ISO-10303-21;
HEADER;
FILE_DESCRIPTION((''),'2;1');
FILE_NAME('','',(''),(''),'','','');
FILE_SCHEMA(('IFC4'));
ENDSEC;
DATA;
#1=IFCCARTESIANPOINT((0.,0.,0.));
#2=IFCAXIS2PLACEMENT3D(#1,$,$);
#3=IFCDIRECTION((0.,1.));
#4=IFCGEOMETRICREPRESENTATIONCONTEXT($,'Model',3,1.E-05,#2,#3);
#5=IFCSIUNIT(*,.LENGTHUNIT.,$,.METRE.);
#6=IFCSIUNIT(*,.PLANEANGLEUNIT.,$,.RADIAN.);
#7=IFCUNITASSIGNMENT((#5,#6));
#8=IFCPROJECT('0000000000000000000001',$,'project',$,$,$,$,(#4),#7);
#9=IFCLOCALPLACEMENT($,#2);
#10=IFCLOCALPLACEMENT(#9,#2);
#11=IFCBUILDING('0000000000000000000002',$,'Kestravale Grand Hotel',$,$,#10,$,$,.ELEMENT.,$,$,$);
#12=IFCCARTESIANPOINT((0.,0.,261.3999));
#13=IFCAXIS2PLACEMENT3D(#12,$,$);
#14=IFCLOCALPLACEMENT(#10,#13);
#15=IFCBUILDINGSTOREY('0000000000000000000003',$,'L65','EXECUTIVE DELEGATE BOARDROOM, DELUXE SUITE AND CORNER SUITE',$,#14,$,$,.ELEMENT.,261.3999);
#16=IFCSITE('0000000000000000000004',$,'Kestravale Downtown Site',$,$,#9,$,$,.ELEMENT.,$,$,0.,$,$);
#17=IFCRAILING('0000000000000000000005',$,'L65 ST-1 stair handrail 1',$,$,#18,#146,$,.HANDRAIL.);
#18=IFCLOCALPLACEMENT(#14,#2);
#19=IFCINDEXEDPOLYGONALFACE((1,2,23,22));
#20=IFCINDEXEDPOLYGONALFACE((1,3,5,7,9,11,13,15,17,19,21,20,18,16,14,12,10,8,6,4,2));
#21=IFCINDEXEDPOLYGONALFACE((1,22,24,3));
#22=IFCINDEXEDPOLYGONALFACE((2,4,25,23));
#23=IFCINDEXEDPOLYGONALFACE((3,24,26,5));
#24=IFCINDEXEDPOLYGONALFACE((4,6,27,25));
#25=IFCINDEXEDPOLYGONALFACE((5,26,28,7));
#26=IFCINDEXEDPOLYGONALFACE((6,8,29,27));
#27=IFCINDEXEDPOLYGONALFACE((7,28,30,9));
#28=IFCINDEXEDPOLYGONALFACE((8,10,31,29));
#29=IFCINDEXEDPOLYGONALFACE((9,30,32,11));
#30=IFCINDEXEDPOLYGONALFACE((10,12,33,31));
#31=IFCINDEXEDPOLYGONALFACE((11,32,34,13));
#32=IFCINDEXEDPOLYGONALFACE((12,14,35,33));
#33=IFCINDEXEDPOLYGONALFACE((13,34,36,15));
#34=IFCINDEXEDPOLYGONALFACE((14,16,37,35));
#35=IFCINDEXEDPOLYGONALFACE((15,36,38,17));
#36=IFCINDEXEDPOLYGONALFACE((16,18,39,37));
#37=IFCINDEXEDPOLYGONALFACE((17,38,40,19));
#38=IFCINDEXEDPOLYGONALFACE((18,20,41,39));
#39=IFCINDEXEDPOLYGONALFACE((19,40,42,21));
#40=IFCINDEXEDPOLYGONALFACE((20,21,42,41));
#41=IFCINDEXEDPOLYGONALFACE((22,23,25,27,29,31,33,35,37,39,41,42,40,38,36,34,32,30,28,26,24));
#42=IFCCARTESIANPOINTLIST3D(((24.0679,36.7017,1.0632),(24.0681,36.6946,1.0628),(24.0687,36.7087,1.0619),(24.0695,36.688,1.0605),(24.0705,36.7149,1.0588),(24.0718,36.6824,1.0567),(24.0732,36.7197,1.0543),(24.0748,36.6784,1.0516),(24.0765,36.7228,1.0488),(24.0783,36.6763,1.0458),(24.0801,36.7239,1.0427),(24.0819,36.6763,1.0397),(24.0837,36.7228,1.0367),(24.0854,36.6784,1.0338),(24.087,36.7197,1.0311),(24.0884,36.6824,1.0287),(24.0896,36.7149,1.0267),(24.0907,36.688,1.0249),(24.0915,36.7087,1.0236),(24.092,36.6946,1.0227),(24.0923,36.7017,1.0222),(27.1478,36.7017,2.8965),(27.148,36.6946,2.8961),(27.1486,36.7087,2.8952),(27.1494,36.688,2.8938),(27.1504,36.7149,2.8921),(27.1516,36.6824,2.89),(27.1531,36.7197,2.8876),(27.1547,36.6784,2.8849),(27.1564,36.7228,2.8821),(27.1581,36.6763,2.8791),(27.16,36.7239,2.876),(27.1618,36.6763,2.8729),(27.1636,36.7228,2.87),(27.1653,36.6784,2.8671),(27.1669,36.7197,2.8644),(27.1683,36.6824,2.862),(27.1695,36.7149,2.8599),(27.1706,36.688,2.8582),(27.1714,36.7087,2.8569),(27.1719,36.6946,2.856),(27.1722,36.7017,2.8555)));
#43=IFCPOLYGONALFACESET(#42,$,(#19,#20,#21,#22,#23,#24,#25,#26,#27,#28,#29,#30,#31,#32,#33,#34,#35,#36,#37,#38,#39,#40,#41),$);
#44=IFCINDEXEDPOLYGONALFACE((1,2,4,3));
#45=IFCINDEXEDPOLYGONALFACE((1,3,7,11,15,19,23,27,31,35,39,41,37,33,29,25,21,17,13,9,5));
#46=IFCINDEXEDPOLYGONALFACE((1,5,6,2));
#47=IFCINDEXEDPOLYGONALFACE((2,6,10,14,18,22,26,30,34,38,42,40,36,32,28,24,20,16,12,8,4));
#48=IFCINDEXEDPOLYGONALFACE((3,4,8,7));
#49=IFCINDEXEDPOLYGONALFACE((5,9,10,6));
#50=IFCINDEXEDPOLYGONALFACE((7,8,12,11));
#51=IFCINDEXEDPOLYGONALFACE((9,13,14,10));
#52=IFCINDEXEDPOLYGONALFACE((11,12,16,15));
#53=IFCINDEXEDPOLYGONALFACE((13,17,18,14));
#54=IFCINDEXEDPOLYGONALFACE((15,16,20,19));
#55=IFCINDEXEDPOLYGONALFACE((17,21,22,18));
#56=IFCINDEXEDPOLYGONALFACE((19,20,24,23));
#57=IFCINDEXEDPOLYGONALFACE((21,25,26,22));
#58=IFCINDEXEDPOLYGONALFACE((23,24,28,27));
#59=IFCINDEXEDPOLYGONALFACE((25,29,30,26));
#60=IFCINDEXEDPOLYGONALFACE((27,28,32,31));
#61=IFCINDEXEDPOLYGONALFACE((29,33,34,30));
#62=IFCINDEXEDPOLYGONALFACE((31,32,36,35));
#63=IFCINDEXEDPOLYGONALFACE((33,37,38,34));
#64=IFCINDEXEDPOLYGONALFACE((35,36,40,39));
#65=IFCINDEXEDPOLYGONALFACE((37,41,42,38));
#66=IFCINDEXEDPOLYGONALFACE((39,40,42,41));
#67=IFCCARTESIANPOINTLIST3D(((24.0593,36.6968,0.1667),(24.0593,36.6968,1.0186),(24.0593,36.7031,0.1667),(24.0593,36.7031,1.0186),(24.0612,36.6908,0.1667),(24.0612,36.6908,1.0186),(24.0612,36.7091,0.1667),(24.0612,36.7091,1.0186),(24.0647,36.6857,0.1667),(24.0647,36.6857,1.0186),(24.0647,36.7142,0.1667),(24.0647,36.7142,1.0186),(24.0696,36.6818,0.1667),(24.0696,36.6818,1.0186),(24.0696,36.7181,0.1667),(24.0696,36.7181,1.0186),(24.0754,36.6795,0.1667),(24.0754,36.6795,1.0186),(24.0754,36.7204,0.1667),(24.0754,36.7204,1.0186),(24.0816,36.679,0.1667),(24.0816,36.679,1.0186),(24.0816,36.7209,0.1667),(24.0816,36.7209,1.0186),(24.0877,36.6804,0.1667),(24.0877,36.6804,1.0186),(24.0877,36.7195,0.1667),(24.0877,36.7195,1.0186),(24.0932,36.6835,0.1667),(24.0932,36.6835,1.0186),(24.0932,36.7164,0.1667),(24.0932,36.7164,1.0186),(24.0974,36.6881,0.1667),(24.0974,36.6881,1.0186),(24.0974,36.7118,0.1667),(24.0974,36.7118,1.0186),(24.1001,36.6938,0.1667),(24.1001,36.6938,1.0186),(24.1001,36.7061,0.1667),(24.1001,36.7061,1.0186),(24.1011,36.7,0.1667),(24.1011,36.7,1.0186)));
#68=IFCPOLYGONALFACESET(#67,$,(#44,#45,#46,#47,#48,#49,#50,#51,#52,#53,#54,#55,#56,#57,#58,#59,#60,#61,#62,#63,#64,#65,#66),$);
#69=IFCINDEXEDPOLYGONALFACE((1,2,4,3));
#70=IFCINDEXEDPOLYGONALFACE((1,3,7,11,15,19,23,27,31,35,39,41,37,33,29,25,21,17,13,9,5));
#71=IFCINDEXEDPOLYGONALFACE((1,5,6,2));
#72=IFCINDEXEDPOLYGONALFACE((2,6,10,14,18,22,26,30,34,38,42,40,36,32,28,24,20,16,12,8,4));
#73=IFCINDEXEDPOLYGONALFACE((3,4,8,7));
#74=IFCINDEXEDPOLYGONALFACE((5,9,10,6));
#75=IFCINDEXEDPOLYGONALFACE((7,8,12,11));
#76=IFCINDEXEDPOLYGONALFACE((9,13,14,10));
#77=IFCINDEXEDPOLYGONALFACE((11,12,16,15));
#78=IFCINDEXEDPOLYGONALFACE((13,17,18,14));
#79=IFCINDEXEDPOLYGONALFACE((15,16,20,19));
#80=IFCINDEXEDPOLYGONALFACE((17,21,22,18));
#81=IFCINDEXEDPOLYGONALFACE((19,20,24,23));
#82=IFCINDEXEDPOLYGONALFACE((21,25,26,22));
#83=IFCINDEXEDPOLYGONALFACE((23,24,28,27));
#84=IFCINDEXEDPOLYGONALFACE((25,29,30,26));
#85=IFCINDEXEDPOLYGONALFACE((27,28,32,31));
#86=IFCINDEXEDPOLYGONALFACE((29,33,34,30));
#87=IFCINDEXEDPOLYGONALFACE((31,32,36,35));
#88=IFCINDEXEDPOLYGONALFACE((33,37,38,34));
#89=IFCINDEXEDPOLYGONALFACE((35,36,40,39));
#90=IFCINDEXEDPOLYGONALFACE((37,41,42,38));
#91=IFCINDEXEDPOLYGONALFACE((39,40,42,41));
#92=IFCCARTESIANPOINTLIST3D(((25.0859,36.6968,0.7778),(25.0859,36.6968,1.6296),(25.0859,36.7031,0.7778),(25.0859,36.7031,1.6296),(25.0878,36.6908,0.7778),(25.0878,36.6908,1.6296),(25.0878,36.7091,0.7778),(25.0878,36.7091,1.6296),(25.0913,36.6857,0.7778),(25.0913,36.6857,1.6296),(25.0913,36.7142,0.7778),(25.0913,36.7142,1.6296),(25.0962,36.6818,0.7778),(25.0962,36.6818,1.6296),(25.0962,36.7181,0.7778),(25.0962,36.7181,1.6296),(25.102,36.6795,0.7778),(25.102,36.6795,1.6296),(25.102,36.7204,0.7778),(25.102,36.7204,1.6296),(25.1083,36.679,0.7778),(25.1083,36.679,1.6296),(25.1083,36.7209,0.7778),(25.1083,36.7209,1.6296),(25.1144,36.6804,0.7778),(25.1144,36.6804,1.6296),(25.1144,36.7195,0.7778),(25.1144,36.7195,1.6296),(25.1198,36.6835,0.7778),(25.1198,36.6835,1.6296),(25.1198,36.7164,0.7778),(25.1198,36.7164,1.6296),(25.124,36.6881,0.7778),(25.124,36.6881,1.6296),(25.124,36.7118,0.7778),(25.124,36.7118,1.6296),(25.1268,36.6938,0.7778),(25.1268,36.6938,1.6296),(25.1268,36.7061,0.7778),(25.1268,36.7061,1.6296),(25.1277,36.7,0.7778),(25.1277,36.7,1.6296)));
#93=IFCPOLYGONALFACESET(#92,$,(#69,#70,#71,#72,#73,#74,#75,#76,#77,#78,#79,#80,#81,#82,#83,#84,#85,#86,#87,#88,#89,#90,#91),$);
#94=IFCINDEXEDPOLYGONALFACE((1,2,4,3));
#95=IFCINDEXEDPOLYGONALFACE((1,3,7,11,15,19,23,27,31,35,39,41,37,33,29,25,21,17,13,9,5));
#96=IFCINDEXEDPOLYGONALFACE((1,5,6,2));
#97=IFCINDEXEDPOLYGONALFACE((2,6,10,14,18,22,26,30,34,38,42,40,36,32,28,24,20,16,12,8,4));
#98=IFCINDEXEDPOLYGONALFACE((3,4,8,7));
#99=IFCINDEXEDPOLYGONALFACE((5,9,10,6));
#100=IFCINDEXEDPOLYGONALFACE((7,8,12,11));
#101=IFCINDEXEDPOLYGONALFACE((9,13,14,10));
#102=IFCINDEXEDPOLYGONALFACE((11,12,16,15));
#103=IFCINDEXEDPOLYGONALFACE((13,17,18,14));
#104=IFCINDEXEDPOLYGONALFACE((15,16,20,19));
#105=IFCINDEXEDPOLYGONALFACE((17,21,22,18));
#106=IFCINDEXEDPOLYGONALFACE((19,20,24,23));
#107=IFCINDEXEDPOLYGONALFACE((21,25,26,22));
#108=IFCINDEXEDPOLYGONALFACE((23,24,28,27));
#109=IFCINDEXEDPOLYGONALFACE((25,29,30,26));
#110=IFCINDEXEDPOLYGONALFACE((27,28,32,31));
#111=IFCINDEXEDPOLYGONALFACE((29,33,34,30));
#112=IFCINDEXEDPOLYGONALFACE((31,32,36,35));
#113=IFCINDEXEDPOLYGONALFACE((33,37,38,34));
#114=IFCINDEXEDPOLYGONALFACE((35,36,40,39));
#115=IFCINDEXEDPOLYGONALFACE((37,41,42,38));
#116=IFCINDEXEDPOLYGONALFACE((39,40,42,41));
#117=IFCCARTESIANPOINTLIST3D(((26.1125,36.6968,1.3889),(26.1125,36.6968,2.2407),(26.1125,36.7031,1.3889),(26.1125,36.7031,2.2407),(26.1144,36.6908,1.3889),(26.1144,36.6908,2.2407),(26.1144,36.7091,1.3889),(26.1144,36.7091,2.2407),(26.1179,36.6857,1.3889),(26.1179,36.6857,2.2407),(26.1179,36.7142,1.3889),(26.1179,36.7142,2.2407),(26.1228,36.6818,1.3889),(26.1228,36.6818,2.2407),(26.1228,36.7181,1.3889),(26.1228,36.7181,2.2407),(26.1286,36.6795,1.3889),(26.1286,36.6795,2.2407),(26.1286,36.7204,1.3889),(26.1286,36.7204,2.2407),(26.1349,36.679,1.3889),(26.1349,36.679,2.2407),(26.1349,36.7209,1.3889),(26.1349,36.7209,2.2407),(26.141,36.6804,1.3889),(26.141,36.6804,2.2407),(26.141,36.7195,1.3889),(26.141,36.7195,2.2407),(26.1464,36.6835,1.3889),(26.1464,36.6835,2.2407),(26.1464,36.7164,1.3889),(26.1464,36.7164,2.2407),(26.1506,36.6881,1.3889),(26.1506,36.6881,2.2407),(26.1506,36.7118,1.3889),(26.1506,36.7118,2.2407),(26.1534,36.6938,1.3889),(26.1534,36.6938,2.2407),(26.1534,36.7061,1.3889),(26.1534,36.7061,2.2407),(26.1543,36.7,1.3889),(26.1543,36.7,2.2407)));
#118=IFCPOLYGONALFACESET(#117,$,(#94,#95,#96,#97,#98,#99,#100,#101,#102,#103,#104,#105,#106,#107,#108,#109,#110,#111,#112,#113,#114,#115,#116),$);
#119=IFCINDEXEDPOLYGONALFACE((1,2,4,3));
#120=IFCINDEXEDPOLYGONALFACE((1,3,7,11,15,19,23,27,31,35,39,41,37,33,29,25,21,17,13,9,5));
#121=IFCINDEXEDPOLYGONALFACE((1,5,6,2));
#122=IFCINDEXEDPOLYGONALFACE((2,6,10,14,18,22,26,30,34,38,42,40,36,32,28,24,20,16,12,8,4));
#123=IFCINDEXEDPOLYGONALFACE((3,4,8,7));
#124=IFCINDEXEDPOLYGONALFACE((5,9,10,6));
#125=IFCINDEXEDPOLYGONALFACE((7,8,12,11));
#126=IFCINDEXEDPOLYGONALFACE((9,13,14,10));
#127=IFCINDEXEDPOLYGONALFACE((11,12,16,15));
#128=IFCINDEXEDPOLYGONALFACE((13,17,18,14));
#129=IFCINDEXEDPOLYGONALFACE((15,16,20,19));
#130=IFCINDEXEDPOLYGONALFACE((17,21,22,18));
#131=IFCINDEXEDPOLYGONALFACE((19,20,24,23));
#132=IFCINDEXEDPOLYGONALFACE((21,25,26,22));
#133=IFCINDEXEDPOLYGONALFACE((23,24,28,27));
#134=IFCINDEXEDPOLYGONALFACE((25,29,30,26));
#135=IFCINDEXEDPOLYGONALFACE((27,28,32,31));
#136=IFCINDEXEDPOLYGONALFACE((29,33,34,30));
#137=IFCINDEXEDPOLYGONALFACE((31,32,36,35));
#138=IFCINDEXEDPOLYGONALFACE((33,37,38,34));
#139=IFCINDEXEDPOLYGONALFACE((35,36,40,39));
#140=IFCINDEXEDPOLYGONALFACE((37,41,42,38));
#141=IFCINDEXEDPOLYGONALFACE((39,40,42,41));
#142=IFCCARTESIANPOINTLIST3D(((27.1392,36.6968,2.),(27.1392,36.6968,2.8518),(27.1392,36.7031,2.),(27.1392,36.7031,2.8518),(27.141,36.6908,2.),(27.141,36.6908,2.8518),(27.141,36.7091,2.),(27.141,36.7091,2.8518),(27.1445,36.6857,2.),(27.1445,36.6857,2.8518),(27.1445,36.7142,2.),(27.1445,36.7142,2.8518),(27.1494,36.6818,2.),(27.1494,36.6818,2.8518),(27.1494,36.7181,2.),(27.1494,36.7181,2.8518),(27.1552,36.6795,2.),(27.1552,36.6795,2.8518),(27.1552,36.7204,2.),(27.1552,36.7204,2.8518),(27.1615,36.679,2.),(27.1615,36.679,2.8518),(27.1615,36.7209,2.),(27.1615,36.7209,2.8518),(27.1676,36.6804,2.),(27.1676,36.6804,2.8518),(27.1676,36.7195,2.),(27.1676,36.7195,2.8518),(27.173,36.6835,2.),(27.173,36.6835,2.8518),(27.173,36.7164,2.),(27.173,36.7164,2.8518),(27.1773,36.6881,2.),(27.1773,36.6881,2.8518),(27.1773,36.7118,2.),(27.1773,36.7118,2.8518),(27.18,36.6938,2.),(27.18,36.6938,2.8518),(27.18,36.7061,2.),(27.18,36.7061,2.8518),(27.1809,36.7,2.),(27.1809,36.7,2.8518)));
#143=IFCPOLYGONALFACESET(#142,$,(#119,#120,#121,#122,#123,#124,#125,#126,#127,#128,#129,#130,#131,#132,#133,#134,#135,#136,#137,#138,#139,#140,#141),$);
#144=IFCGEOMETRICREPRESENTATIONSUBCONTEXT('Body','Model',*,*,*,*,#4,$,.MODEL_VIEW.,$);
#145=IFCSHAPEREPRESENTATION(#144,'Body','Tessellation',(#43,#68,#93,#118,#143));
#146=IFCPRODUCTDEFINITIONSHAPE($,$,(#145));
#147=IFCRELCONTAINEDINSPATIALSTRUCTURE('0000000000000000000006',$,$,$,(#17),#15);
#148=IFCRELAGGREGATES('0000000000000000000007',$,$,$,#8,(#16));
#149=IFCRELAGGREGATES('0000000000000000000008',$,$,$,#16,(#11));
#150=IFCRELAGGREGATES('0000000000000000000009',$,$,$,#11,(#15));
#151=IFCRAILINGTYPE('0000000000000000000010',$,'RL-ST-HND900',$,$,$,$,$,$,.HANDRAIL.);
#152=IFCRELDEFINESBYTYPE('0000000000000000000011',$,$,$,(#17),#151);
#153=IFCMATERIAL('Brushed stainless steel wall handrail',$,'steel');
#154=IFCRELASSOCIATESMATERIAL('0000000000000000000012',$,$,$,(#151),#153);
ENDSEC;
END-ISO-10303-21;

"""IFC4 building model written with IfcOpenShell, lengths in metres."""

from ifc_helpers import new_model, si_unit, direction, frame, origin, origin_2d, place, context, subcontext, project, spatial, circle, extrude, material, type_object, element, save


model = new_model("IFC4")

# Units and contexts
model_context = context("Model", 3, precision=1e-05, world=origin(), true_north=direction((0.0, 1.0)))
body_context = subcontext(model_context, "Body", "Model", "MODEL_VIEW")
ifc_project = project(units=[si_unit("LENGTHUNIT", "METRE"), si_unit("PLANEANGLEUNIT", "RADIAN")], contexts=[model_context])

# Site, building, storey
site_placement = place(None, origin())
site = spatial("IfcSite", under=ifc_project, at=site_placement, Name="Kestravale Downtown Site", CompositionType="ELEMENT", RefElevation=0.0)
building_placement = place(site_placement, origin())
building = spatial("IfcBuilding", under=site, at=building_placement, Name="Kestravale Grand Hotel", CompositionType="ELEMENT")
storey_placement = place(building_placement, frame((0.0, 0.0, 261.3999)))
storey = spatial("IfcBuildingStorey", under=building, at=storey_placement, Name="L65", Description="EXECUTIVE DELEGATE BOARDROOM, DELUXE SUITE AND CORNER SUITE", CompositionType="ELEMENT", Elevation=261.3999)

# Railing
ifc_material_1 = material(Name="Brushed stainless steel wall handrail", Category="steel")
railing_type_1 = type_object("IfcRailingType", Name="RL-ST-HND900", PredefinedType="HANDRAIL", material=ifc_material_1)
railing_1_placement = place(storey_placement, frame((24.0801, 36.7, 0.1667)))
element("IfcRailing", 1, at=railing_1_placement, inside=storey, type_object=railing_type_1, Name="L65 ST-1 stair handrail 1", PredefinedType="HANDRAIL", context=body_context, shape_type="SweptSolid", body=[
    extrude(circle(Radius=0.0239, at=origin_2d()), frame((0.0, 0.0, 0.876), z_axis=(0.859291, 0.0, 0.511487), x_axis=(0.0, 1.0, 0.0)), (0.0, 0.0, 1.0), 3.5842),
    extrude(circle(Radius=0.021, at=origin_2d()), origin(), (0.0, 0.0, 1.0), 0.8518),
    extrude(circle(Radius=0.021, at=origin_2d()), frame((1.0266, 0.0, 0.6111)), (0.0, 0.0, 1.0), 0.8518),
    extrude(circle(Radius=0.021, at=origin_2d()), frame((2.0532, 0.0, 1.2222)), (0.0, 0.0, 1.0), 0.8518),
    extrude(circle(Radius=0.021, at=origin_2d()), frame((3.0798, 0.0, 1.8333)), (0.0, 0.0, 1.0), 0.8518),
])

save(model, "model.ifc")
